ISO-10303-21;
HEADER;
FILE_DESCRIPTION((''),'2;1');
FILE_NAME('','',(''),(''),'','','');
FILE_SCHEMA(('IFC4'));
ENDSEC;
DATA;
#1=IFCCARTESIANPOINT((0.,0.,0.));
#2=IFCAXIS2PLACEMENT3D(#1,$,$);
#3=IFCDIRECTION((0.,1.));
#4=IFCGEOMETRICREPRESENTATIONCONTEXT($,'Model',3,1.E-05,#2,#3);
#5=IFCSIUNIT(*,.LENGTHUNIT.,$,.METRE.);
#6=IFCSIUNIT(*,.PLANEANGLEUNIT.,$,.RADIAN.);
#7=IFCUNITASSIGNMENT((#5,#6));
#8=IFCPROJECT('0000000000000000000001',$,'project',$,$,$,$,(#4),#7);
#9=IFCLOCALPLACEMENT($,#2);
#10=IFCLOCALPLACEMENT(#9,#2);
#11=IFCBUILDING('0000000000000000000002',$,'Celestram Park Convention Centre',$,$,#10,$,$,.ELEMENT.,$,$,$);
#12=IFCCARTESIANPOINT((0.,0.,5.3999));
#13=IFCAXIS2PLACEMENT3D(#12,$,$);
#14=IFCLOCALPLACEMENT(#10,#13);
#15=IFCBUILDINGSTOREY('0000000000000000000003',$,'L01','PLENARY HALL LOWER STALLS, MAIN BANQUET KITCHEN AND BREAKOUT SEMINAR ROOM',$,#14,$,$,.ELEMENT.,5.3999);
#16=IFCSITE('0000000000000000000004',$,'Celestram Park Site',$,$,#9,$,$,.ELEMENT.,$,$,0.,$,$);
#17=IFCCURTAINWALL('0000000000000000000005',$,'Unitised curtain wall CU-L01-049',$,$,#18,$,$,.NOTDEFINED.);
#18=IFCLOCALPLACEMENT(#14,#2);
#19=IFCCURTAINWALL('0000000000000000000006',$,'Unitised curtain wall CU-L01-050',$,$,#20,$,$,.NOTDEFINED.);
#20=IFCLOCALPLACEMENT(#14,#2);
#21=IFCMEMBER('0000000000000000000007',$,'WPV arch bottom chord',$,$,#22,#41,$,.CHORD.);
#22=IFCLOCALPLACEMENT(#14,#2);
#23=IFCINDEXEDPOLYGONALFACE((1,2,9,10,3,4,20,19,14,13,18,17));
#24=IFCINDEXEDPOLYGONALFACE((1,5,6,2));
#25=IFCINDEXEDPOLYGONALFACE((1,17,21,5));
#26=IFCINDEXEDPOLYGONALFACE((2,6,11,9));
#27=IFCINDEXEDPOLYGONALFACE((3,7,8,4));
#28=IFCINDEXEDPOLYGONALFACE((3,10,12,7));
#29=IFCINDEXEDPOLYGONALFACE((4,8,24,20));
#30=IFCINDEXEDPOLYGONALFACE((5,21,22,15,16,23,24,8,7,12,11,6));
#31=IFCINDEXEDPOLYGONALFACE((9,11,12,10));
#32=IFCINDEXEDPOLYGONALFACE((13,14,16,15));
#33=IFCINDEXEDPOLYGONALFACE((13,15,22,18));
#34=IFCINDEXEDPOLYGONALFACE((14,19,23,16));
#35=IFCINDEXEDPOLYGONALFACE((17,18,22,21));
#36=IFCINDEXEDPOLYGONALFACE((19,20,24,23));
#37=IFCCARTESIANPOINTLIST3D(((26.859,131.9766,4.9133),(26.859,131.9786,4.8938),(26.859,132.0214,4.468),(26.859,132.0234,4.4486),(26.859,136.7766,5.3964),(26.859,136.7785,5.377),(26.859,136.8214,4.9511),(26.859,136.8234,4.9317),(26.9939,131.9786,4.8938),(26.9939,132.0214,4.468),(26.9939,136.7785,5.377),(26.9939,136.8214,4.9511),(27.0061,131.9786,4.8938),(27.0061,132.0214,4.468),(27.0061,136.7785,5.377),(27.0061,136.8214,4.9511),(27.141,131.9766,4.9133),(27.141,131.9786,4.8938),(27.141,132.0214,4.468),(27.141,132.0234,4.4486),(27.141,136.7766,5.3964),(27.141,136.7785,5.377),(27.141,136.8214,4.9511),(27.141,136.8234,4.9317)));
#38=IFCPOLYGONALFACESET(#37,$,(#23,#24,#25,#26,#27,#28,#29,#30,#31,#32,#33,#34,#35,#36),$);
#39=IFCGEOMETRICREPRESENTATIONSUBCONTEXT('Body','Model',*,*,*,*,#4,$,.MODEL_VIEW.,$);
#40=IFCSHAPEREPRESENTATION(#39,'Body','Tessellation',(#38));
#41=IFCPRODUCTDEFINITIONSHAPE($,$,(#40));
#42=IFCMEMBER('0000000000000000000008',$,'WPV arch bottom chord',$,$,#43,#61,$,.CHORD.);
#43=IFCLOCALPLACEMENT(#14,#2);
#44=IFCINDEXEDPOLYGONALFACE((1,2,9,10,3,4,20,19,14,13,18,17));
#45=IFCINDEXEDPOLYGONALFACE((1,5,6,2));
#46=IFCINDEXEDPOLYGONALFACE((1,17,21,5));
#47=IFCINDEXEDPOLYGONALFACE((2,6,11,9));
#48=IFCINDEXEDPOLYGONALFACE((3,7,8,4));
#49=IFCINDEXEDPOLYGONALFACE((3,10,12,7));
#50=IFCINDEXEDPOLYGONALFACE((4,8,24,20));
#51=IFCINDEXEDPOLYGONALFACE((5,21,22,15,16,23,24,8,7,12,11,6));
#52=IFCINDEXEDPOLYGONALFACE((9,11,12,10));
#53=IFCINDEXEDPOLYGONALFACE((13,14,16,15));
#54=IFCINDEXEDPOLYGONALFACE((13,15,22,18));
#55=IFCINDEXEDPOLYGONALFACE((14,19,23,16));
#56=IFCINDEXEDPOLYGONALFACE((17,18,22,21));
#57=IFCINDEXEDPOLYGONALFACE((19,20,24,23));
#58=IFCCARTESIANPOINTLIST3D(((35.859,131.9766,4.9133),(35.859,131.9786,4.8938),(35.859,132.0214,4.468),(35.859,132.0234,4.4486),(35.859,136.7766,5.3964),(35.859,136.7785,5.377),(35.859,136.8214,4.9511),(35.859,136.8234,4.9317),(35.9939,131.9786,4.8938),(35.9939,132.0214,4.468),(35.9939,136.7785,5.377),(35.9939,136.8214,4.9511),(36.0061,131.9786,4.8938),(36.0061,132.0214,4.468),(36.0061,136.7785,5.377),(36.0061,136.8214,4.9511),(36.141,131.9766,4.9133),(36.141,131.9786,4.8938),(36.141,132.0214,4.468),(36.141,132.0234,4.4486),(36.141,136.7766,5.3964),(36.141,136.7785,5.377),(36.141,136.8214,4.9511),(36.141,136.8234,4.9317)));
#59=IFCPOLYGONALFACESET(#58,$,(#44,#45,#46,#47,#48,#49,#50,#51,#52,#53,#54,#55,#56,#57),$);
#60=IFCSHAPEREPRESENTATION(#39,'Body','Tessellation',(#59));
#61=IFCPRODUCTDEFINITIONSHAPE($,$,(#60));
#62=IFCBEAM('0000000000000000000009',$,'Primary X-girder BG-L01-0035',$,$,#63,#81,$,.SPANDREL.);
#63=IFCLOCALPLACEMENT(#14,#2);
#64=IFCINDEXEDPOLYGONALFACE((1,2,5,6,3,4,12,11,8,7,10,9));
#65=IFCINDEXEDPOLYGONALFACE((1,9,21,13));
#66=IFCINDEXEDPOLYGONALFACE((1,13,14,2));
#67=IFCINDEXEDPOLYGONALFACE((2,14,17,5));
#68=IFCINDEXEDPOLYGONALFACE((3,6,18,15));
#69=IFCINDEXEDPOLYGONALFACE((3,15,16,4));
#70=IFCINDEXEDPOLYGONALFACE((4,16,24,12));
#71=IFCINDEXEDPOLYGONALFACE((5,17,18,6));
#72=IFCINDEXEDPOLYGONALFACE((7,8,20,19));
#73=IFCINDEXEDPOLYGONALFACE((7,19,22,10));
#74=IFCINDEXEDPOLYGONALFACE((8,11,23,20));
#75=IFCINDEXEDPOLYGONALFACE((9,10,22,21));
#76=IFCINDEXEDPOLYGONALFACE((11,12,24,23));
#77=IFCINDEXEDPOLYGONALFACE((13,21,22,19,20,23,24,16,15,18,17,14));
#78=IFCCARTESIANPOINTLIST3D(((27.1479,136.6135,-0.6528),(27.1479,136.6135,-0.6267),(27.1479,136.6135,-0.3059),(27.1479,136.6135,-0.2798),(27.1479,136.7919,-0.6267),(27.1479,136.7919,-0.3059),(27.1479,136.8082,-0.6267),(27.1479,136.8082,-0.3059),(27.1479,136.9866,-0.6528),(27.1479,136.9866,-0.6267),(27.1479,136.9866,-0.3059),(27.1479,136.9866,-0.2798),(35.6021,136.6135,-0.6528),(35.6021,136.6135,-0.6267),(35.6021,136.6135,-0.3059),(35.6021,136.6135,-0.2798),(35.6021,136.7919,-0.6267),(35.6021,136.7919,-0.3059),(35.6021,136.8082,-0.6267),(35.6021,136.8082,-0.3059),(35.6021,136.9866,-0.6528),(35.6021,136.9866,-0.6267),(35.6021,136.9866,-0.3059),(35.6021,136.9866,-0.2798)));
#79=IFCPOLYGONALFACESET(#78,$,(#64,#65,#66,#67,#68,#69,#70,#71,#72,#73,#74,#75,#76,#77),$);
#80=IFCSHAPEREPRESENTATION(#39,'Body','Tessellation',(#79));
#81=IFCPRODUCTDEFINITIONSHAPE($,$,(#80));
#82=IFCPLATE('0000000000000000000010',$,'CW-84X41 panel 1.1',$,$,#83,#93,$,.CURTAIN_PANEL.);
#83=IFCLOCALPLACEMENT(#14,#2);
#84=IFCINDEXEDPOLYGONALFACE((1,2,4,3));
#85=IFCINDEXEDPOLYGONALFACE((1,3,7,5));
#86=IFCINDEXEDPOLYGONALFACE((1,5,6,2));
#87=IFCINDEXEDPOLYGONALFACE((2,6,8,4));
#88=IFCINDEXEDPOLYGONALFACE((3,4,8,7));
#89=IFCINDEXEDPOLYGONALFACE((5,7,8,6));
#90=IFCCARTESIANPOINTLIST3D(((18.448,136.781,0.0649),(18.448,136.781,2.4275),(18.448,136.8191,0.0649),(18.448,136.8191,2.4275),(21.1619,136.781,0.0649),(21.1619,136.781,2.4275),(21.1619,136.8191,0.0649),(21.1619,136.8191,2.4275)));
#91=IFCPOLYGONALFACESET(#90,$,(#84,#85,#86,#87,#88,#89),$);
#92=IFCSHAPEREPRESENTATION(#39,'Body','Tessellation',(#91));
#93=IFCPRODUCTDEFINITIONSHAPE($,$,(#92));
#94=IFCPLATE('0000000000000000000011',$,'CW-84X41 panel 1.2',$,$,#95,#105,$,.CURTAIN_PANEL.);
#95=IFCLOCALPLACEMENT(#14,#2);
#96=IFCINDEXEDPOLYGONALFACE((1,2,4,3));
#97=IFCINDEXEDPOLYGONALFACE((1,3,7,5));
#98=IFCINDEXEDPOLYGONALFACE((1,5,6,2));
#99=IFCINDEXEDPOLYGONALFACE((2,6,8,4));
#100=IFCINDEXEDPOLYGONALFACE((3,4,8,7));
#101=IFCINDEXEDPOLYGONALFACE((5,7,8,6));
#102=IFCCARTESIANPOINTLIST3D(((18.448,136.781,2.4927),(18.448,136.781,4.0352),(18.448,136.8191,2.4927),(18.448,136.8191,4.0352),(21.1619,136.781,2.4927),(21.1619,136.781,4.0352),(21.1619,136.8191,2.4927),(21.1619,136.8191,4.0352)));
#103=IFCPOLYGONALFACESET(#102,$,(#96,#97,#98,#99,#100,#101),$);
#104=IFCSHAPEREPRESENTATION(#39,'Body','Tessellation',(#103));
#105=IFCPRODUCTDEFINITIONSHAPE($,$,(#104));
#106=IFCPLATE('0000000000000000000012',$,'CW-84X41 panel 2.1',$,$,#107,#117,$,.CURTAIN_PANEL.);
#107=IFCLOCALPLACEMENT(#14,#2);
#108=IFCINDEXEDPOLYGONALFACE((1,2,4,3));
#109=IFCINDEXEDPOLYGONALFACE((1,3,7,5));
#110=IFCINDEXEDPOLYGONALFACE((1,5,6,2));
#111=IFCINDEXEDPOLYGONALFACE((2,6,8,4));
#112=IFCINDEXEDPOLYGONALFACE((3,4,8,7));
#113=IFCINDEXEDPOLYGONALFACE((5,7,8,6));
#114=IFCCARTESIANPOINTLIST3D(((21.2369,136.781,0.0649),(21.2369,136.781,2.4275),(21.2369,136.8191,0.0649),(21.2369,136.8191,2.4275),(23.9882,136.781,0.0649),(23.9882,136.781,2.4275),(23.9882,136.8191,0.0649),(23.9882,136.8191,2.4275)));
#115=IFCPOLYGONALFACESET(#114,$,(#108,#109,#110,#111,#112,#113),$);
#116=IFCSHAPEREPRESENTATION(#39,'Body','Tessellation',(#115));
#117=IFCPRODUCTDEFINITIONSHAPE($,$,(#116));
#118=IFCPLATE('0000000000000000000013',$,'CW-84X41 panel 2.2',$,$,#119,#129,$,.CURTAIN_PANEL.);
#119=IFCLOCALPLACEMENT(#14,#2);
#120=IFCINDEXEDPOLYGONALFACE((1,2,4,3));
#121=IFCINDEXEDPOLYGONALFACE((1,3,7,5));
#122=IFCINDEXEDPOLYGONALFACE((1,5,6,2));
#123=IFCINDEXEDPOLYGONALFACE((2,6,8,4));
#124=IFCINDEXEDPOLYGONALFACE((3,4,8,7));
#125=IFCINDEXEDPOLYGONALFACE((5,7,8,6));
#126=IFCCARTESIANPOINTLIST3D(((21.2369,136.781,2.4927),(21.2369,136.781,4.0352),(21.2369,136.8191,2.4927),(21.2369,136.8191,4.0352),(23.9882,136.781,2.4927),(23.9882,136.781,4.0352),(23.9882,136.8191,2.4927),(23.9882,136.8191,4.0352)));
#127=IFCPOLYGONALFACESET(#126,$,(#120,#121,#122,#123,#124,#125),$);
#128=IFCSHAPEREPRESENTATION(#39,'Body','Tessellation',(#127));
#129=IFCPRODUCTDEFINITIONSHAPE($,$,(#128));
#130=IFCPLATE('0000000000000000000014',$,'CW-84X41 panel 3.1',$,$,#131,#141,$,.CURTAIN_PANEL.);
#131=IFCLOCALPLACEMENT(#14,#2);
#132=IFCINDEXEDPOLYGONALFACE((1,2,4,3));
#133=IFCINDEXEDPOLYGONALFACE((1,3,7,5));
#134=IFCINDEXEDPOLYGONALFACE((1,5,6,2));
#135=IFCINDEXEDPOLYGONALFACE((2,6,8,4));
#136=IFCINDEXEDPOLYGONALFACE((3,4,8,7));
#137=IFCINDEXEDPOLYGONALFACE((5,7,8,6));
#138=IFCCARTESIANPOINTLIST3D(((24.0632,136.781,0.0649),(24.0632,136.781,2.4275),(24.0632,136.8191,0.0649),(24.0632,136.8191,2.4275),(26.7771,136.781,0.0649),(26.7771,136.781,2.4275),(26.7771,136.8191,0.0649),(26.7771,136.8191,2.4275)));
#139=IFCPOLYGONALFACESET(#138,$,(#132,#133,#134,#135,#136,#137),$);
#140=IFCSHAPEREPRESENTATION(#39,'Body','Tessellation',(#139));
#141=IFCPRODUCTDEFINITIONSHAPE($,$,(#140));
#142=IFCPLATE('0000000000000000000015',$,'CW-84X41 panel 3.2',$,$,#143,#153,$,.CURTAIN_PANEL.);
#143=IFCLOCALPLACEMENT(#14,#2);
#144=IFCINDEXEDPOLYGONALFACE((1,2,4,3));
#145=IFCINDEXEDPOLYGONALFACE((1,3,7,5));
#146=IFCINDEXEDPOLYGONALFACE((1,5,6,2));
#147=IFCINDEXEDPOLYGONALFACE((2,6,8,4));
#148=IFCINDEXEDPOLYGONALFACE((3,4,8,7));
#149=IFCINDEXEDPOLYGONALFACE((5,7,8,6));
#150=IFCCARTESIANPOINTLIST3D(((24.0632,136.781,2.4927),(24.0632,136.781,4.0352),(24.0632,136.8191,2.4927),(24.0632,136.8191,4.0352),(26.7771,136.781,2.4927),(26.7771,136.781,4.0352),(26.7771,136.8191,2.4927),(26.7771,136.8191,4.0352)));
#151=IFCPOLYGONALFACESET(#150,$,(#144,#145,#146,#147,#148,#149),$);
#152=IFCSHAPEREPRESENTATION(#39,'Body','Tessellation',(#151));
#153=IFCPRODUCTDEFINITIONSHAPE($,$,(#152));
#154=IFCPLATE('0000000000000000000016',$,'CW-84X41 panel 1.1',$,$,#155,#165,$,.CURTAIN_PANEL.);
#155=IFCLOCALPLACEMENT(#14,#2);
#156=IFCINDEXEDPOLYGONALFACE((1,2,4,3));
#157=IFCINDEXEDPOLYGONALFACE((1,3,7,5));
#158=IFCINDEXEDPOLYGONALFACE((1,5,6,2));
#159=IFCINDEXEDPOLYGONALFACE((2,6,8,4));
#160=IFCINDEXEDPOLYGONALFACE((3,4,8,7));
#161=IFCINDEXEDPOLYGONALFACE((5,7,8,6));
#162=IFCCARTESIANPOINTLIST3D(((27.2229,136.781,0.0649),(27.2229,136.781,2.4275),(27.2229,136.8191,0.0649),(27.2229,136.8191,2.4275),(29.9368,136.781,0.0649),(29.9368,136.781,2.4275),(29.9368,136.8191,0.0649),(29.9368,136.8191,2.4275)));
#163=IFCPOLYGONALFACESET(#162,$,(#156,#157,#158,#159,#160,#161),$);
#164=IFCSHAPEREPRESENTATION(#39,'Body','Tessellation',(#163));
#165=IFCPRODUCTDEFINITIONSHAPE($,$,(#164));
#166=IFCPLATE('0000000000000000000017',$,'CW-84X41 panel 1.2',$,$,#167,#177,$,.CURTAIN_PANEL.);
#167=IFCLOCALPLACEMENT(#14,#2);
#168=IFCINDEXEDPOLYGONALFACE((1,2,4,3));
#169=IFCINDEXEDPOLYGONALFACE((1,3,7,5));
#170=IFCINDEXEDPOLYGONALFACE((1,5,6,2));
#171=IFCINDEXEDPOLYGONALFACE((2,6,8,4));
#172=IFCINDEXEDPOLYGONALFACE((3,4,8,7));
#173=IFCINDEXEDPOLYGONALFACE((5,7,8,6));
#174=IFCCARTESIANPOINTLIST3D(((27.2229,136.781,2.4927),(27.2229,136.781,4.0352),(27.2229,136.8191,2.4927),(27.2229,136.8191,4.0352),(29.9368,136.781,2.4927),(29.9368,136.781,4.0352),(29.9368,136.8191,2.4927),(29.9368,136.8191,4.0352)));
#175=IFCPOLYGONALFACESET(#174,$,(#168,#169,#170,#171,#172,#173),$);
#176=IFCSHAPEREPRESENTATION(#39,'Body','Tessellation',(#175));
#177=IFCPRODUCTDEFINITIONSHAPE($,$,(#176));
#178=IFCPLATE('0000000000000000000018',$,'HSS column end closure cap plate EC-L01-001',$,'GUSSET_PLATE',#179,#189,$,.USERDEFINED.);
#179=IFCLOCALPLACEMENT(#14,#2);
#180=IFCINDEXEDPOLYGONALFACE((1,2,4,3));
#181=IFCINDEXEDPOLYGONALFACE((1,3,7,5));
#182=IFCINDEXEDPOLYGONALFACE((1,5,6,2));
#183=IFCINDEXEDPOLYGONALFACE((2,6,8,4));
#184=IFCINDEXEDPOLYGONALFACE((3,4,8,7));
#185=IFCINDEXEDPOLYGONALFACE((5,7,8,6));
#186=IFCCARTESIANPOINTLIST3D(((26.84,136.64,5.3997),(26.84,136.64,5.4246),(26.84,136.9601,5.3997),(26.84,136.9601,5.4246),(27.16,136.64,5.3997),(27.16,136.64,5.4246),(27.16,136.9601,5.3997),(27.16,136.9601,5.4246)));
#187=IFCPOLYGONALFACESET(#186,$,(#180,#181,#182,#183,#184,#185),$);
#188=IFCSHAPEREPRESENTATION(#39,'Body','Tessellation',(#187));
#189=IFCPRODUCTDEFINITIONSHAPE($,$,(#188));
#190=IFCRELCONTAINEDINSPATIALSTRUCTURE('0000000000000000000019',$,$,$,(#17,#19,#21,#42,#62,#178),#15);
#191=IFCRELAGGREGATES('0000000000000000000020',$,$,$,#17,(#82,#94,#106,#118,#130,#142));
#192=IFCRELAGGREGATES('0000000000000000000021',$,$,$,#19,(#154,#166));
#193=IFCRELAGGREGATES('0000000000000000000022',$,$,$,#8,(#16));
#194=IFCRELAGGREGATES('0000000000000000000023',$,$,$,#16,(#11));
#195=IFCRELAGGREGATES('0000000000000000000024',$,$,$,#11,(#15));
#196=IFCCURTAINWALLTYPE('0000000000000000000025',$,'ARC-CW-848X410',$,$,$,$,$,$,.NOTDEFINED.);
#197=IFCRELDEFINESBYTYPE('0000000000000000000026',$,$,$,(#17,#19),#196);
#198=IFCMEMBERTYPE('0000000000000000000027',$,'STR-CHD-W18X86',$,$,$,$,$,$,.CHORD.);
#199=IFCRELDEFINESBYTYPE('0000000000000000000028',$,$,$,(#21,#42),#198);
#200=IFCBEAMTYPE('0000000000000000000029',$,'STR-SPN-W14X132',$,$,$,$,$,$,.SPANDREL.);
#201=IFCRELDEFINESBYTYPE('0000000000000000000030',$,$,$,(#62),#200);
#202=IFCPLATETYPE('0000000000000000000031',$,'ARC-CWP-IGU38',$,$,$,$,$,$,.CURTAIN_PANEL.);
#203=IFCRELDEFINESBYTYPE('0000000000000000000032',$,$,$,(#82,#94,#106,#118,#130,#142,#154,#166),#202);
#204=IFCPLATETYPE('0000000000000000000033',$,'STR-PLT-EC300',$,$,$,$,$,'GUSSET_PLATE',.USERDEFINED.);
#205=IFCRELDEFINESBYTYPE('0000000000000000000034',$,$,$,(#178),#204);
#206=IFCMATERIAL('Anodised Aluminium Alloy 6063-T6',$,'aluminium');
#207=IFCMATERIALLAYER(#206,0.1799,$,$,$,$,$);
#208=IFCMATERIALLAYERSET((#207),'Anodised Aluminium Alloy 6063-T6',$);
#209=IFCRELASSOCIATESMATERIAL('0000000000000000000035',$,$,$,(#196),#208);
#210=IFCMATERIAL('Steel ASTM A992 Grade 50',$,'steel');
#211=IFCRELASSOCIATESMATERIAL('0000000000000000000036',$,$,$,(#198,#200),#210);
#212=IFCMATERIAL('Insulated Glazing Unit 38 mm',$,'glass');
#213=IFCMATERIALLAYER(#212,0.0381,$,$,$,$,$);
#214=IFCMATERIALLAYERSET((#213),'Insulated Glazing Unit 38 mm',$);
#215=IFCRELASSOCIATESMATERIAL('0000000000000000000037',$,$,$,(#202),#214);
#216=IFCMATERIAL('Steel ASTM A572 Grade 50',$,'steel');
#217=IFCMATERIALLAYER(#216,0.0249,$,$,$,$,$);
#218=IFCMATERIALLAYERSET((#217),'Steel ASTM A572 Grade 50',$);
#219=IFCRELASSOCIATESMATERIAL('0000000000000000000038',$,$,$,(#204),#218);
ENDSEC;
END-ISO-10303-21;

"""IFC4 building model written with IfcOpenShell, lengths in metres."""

from ifc_helpers import new_model, si_unit, direction, frame, origin, origin_2d, place, context, subcontext, project, spatial, rectangle, i_section, extrude, material, layer, layer_set, material_profile, profile_set, type_object, element, aggregate, save


model = new_model("IFC4")

# Units and contexts
model_context = context("Model", 3, precision=1e-05, world=origin(), true_north=direction((0.0, 1.0)))
body_context = subcontext(model_context, "Body", "Model", "MODEL_VIEW")
ifc_project = project(units=[si_unit("LENGTHUNIT", "METRE"), si_unit("PLANEANGLEUNIT", "RADIAN")], contexts=[model_context])

# Site, building, storey
site_placement = place(None, origin())
site = spatial("IfcSite", under=ifc_project, at=site_placement, Name="Celestram Park Site", CompositionType="ELEMENT", RefElevation=0.0)
building_placement = place(site_placement, origin())
building = spatial("IfcBuilding", under=site, at=building_placement, Name="Celestram Park Convention Centre", CompositionType="ELEMENT")
storey_placement = place(building_placement, frame((0.0, 0.0, 5.3999)))
storey = spatial("IfcBuildingStorey", under=building, at=storey_placement, Name="L01", Description="PLENARY HALL LOWER STALLS, MAIN BANQUET KITCHEN AND BREAKOUT SEMINAR ROOM", CompositionType="ELEMENT", Elevation=5.3999)

# Curtain walls
ifc_material_1 = material(Name="Anodised Aluminium Alloy 6063-T6", Category="aluminium")
ifc_layer_1 = layer(ifc_material_1, 0.1799)
ifc_layer_set_1 = layer_set([ifc_layer_1], Name="Anodised Aluminium Alloy 6063-T6")
curtain_wall_type = type_object("IfcCurtainWallType", Name="ARC-CW-848X410", PredefinedType="NOTDEFINED", material=ifc_layer_set_1)
curtain_wall_1_placement = place(storey_placement, origin())
curtain_wall_1 = element("IfcCurtainWall", 1, at=curtain_wall_1_placement, inside=storey, type_object=curtain_wall_type, Name="Unitised curtain wall CU-L01-049", PredefinedType="NOTDEFINED")
curtain_wall_2_placement = place(storey_placement, origin())
curtain_wall_2 = element("IfcCurtainWall", 2, at=curtain_wall_2_placement, inside=storey, type_object=curtain_wall_type, Name="Unitised curtain wall CU-L01-050", PredefinedType="NOTDEFINED")

# Members
ifc_material_2 = material(Name="Steel ASTM A992 Grade 50", Category="steel")
ifc_material_profile_1 = material_profile(ifc_material_2, i_section(OverallWidth=0.282, OverallDepth=0.467, WebThickness=0.0122, FlangeThickness=0.0195, at=origin_2d()), Name="W18X86")
ifc_profile_set_1 = profile_set([ifc_material_profile_1], Name="Steel ASTM A992 Grade 50")
member_type_1 = type_object("IfcMemberType", Name="STR-CHD-W18X86", PredefinedType="CHORD", material=ifc_profile_set_1)
for number, where, z_axis, x_axis, name in (
    (3, (27.0, 132.0, 4.6809), (0.0, 0.994972, 0.10015), (-1.0, 0.0, 0.0), "WPV arch bottom chord"),
    (4, (36.0, 132.0, 4.6809), (0.0, 0.994972, 0.10015), (-1.0, 0.0, 0.0), "WPV arch bottom chord"),
):
    element("IfcMember", number, at=place(storey_placement, frame(where, z_axis=z_axis, x_axis=x_axis)), inside=storey, type_object=member_type_1, Name=name, PredefinedType="CHORD", context=body_context, shape_type="SweptSolid", body=[
        extrude(i_section(OverallWidth=0.282, OverallDepth=0.467, WebThickness=0.0122, FlangeThickness=0.0195, at=origin_2d()), origin(), (0.0, 0.0, 1.0), 4.8242),
    ])

# Beam
ifc_material_profile_2 = material_profile(ifc_material_2, i_section(OverallWidth=0.373, OverallDepth=0.373, WebThickness=0.0164, FlangeThickness=0.0261, at=origin_2d()), Name="W14X132")
ifc_profile_set_2 = profile_set([ifc_material_profile_2], Name="Steel ASTM A992 Grade 50")
beam_type = type_object("IfcBeamType", Name="STR-SPN-W14X132", PredefinedType="SPANDREL", material=ifc_profile_set_2)
beam_placement = place(storey_placement, frame((27.1479, 136.8, -0.4663), z_axis=(1.0, 0.0, 0.0), x_axis=(0.0, 1.0, 0.0)))
element("IfcBeam", 5, at=beam_placement, inside=storey, type_object=beam_type, Name="Primary X-girder BG-L01-0035", PredefinedType="SPANDREL", context=body_context, shape_type="SweptSolid", body=[
    extrude(i_section(OverallWidth=0.373, OverallDepth=0.373, WebThickness=0.0164, FlangeThickness=0.0261, at=origin_2d()), origin(), (0.0, 0.0, 1.0), 8.4541),
])

# Plates
ifc_material_3 = material(Name="Insulated Glazing Unit 38 mm", Category="glass")
ifc_layer_2 = layer(ifc_material_3, 0.0381)
ifc_layer_set_2 = layer_set([ifc_layer_2], Name="Insulated Glazing Unit 38 mm")
plate_type_1 = type_object("IfcPlateType", Name="ARC-CWP-IGU38", PredefinedType="CURTAIN_PANEL", material=ifc_layer_set_2)
plate_1_placement = place(storey_placement, frame((19.8049, 136.8, 0.0649), z_axis=(0.0, 0.0, 1.0), x_axis=(1.0, 0.0, 0.0)))
plate_1 = element("IfcPlate", 6, at=plate_1_placement, type_object=plate_type_1, Name="CW-84X41 panel 1.1", PredefinedType="CURTAIN_PANEL", context=body_context, shape_type="SweptSolid", body=[
    extrude(rectangle(XDim=2.7139, YDim=0.0381, at=origin_2d()), origin(), (0.0, 0.0, 1.0), 2.3625),
])
plate_2_placement = place(storey_placement, frame((19.8049, 136.8, 2.4927), z_axis=(0.0, 0.0, 1.0), x_axis=(1.0, 0.0, 0.0)))
plate_2 = element("IfcPlate", 7, at=plate_2_placement, type_object=plate_type_1, Name="CW-84X41 panel 1.2", PredefinedType="CURTAIN_PANEL", context=body_context, shape_type="SweptSolid", body=[
    extrude(rectangle(XDim=2.7139, YDim=0.0381, at=origin_2d()), origin(), (0.0, 0.0, 1.0), 1.5425),
])
plate_3_placement = place(storey_placement, frame((22.6125, 136.8, 0.0649), z_axis=(0.0, 0.0, 1.0), x_axis=(1.0, 0.0, 0.0)))
plate_3 = element("IfcPlate", 8, at=plate_3_placement, type_object=plate_type_1, Name="CW-84X41 panel 2.1", PredefinedType="CURTAIN_PANEL", context=body_context, shape_type="SweptSolid", body=[
    extrude(rectangle(XDim=2.7512, YDim=0.0381, at=origin_2d()), origin(), (0.0, 0.0, 1.0), 2.3625),
])
plate_4_placement = place(storey_placement, frame((22.6125, 136.8, 2.4927), z_axis=(0.0, 0.0, 1.0), x_axis=(1.0, 0.0, 0.0)))
plate_4 = element("IfcPlate", 9, at=plate_4_placement, type_object=plate_type_1, Name="CW-84X41 panel 2.2", PredefinedType="CURTAIN_PANEL", context=body_context, shape_type="SweptSolid", body=[
    extrude(rectangle(XDim=2.7512, YDim=0.0381, at=origin_2d()), origin(), (0.0, 0.0, 1.0), 1.5425),
])
plate_5_placement = place(storey_placement, frame((25.4202, 136.8, 0.0649), z_axis=(0.0, 0.0, 1.0), x_axis=(1.0, 0.0, 0.0)))
plate_5 = element("IfcPlate", 10, at=plate_5_placement, type_object=plate_type_1, Name="CW-84X41 panel 3.1", PredefinedType="CURTAIN_PANEL", context=body_context, shape_type="SweptSolid", body=[
    extrude(rectangle(XDim=2.7139, YDim=0.0381, at=origin_2d()), origin(), (0.0, 0.0, 1.0), 2.3625),
])
plate_6_placement = place(storey_placement, frame((25.4202, 136.8, 2.4927), z_axis=(0.0, 0.0, 1.0), x_axis=(1.0, 0.0, 0.0)))
plate_6 = element("IfcPlate", 11, at=plate_6_placement, type_object=plate_type_1, Name="CW-84X41 panel 3.2", PredefinedType="CURTAIN_PANEL", context=body_context, shape_type="SweptSolid", body=[
    extrude(rectangle(XDim=2.7139, YDim=0.0381, at=origin_2d()), origin(), (0.0, 0.0, 1.0), 1.5425),
])
aggregate(curtain_wall_1, [plate_1, plate_2, plate_3, plate_4, plate_5, plate_6])
plate_7_placement = place(storey_placement, frame((28.5798, 136.8, 0.0649), z_axis=(0.0, 0.0, 1.0), x_axis=(1.0, 0.0, 0.0)))
plate_7 = element("IfcPlate", 12, at=plate_7_placement, type_object=plate_type_1, Name="CW-84X41 panel 1.1", PredefinedType="CURTAIN_PANEL", context=body_context, shape_type="SweptSolid", body=[
    extrude(rectangle(XDim=2.7139, YDim=0.0381, at=origin_2d()), origin(), (0.0, 0.0, 1.0), 2.3625),
])
plate_8_placement = place(storey_placement, frame((28.5798, 136.8, 2.4927), z_axis=(0.0, 0.0, 1.0), x_axis=(1.0, 0.0, 0.0)))
plate_8 = element("IfcPlate", 13, at=plate_8_placement, type_object=plate_type_1, Name="CW-84X41 panel 1.2", PredefinedType="CURTAIN_PANEL", context=body_context, shape_type="SweptSolid", body=[
    extrude(rectangle(XDim=2.7139, YDim=0.0381, at=origin_2d()), origin(), (0.0, 0.0, 1.0), 1.5425),
])
aggregate(curtain_wall_2, [plate_7, plate_8])

# Plate
ifc_material_4 = material(Name="Steel ASTM A572 Grade 50", Category="steel")
ifc_layer_3 = layer(ifc_material_4, 0.0249)
ifc_layer_set_3 = layer_set([ifc_layer_3], Name="Steel ASTM A572 Grade 50")
plate_type_2 = type_object("IfcPlateType", Name="STR-PLT-EC300", ElementType="GUSSET_PLATE", PredefinedType="USERDEFINED", material=ifc_layer_set_3)
plate_9_placement = place(storey_placement, frame((27.0, 136.8, 5.3997), z_axis=(0.0, 0.0, 1.0), x_axis=(1.0, 0.0, 0.0)))
element("IfcPlate", 14, at=plate_9_placement, inside=storey, type_object=plate_type_2, Name="HSS column end closure cap plate EC-L01-001", ObjectType="GUSSET_PLATE", PredefinedType="USERDEFINED", context=body_context, shape_type="SweptSolid", body=[
    extrude(rectangle(XDim=0.3201, YDim=0.3201, at=origin_2d()), origin(), (0.0, 0.0, 1.0), 0.0249),
])

save(model, "model.ifc")
